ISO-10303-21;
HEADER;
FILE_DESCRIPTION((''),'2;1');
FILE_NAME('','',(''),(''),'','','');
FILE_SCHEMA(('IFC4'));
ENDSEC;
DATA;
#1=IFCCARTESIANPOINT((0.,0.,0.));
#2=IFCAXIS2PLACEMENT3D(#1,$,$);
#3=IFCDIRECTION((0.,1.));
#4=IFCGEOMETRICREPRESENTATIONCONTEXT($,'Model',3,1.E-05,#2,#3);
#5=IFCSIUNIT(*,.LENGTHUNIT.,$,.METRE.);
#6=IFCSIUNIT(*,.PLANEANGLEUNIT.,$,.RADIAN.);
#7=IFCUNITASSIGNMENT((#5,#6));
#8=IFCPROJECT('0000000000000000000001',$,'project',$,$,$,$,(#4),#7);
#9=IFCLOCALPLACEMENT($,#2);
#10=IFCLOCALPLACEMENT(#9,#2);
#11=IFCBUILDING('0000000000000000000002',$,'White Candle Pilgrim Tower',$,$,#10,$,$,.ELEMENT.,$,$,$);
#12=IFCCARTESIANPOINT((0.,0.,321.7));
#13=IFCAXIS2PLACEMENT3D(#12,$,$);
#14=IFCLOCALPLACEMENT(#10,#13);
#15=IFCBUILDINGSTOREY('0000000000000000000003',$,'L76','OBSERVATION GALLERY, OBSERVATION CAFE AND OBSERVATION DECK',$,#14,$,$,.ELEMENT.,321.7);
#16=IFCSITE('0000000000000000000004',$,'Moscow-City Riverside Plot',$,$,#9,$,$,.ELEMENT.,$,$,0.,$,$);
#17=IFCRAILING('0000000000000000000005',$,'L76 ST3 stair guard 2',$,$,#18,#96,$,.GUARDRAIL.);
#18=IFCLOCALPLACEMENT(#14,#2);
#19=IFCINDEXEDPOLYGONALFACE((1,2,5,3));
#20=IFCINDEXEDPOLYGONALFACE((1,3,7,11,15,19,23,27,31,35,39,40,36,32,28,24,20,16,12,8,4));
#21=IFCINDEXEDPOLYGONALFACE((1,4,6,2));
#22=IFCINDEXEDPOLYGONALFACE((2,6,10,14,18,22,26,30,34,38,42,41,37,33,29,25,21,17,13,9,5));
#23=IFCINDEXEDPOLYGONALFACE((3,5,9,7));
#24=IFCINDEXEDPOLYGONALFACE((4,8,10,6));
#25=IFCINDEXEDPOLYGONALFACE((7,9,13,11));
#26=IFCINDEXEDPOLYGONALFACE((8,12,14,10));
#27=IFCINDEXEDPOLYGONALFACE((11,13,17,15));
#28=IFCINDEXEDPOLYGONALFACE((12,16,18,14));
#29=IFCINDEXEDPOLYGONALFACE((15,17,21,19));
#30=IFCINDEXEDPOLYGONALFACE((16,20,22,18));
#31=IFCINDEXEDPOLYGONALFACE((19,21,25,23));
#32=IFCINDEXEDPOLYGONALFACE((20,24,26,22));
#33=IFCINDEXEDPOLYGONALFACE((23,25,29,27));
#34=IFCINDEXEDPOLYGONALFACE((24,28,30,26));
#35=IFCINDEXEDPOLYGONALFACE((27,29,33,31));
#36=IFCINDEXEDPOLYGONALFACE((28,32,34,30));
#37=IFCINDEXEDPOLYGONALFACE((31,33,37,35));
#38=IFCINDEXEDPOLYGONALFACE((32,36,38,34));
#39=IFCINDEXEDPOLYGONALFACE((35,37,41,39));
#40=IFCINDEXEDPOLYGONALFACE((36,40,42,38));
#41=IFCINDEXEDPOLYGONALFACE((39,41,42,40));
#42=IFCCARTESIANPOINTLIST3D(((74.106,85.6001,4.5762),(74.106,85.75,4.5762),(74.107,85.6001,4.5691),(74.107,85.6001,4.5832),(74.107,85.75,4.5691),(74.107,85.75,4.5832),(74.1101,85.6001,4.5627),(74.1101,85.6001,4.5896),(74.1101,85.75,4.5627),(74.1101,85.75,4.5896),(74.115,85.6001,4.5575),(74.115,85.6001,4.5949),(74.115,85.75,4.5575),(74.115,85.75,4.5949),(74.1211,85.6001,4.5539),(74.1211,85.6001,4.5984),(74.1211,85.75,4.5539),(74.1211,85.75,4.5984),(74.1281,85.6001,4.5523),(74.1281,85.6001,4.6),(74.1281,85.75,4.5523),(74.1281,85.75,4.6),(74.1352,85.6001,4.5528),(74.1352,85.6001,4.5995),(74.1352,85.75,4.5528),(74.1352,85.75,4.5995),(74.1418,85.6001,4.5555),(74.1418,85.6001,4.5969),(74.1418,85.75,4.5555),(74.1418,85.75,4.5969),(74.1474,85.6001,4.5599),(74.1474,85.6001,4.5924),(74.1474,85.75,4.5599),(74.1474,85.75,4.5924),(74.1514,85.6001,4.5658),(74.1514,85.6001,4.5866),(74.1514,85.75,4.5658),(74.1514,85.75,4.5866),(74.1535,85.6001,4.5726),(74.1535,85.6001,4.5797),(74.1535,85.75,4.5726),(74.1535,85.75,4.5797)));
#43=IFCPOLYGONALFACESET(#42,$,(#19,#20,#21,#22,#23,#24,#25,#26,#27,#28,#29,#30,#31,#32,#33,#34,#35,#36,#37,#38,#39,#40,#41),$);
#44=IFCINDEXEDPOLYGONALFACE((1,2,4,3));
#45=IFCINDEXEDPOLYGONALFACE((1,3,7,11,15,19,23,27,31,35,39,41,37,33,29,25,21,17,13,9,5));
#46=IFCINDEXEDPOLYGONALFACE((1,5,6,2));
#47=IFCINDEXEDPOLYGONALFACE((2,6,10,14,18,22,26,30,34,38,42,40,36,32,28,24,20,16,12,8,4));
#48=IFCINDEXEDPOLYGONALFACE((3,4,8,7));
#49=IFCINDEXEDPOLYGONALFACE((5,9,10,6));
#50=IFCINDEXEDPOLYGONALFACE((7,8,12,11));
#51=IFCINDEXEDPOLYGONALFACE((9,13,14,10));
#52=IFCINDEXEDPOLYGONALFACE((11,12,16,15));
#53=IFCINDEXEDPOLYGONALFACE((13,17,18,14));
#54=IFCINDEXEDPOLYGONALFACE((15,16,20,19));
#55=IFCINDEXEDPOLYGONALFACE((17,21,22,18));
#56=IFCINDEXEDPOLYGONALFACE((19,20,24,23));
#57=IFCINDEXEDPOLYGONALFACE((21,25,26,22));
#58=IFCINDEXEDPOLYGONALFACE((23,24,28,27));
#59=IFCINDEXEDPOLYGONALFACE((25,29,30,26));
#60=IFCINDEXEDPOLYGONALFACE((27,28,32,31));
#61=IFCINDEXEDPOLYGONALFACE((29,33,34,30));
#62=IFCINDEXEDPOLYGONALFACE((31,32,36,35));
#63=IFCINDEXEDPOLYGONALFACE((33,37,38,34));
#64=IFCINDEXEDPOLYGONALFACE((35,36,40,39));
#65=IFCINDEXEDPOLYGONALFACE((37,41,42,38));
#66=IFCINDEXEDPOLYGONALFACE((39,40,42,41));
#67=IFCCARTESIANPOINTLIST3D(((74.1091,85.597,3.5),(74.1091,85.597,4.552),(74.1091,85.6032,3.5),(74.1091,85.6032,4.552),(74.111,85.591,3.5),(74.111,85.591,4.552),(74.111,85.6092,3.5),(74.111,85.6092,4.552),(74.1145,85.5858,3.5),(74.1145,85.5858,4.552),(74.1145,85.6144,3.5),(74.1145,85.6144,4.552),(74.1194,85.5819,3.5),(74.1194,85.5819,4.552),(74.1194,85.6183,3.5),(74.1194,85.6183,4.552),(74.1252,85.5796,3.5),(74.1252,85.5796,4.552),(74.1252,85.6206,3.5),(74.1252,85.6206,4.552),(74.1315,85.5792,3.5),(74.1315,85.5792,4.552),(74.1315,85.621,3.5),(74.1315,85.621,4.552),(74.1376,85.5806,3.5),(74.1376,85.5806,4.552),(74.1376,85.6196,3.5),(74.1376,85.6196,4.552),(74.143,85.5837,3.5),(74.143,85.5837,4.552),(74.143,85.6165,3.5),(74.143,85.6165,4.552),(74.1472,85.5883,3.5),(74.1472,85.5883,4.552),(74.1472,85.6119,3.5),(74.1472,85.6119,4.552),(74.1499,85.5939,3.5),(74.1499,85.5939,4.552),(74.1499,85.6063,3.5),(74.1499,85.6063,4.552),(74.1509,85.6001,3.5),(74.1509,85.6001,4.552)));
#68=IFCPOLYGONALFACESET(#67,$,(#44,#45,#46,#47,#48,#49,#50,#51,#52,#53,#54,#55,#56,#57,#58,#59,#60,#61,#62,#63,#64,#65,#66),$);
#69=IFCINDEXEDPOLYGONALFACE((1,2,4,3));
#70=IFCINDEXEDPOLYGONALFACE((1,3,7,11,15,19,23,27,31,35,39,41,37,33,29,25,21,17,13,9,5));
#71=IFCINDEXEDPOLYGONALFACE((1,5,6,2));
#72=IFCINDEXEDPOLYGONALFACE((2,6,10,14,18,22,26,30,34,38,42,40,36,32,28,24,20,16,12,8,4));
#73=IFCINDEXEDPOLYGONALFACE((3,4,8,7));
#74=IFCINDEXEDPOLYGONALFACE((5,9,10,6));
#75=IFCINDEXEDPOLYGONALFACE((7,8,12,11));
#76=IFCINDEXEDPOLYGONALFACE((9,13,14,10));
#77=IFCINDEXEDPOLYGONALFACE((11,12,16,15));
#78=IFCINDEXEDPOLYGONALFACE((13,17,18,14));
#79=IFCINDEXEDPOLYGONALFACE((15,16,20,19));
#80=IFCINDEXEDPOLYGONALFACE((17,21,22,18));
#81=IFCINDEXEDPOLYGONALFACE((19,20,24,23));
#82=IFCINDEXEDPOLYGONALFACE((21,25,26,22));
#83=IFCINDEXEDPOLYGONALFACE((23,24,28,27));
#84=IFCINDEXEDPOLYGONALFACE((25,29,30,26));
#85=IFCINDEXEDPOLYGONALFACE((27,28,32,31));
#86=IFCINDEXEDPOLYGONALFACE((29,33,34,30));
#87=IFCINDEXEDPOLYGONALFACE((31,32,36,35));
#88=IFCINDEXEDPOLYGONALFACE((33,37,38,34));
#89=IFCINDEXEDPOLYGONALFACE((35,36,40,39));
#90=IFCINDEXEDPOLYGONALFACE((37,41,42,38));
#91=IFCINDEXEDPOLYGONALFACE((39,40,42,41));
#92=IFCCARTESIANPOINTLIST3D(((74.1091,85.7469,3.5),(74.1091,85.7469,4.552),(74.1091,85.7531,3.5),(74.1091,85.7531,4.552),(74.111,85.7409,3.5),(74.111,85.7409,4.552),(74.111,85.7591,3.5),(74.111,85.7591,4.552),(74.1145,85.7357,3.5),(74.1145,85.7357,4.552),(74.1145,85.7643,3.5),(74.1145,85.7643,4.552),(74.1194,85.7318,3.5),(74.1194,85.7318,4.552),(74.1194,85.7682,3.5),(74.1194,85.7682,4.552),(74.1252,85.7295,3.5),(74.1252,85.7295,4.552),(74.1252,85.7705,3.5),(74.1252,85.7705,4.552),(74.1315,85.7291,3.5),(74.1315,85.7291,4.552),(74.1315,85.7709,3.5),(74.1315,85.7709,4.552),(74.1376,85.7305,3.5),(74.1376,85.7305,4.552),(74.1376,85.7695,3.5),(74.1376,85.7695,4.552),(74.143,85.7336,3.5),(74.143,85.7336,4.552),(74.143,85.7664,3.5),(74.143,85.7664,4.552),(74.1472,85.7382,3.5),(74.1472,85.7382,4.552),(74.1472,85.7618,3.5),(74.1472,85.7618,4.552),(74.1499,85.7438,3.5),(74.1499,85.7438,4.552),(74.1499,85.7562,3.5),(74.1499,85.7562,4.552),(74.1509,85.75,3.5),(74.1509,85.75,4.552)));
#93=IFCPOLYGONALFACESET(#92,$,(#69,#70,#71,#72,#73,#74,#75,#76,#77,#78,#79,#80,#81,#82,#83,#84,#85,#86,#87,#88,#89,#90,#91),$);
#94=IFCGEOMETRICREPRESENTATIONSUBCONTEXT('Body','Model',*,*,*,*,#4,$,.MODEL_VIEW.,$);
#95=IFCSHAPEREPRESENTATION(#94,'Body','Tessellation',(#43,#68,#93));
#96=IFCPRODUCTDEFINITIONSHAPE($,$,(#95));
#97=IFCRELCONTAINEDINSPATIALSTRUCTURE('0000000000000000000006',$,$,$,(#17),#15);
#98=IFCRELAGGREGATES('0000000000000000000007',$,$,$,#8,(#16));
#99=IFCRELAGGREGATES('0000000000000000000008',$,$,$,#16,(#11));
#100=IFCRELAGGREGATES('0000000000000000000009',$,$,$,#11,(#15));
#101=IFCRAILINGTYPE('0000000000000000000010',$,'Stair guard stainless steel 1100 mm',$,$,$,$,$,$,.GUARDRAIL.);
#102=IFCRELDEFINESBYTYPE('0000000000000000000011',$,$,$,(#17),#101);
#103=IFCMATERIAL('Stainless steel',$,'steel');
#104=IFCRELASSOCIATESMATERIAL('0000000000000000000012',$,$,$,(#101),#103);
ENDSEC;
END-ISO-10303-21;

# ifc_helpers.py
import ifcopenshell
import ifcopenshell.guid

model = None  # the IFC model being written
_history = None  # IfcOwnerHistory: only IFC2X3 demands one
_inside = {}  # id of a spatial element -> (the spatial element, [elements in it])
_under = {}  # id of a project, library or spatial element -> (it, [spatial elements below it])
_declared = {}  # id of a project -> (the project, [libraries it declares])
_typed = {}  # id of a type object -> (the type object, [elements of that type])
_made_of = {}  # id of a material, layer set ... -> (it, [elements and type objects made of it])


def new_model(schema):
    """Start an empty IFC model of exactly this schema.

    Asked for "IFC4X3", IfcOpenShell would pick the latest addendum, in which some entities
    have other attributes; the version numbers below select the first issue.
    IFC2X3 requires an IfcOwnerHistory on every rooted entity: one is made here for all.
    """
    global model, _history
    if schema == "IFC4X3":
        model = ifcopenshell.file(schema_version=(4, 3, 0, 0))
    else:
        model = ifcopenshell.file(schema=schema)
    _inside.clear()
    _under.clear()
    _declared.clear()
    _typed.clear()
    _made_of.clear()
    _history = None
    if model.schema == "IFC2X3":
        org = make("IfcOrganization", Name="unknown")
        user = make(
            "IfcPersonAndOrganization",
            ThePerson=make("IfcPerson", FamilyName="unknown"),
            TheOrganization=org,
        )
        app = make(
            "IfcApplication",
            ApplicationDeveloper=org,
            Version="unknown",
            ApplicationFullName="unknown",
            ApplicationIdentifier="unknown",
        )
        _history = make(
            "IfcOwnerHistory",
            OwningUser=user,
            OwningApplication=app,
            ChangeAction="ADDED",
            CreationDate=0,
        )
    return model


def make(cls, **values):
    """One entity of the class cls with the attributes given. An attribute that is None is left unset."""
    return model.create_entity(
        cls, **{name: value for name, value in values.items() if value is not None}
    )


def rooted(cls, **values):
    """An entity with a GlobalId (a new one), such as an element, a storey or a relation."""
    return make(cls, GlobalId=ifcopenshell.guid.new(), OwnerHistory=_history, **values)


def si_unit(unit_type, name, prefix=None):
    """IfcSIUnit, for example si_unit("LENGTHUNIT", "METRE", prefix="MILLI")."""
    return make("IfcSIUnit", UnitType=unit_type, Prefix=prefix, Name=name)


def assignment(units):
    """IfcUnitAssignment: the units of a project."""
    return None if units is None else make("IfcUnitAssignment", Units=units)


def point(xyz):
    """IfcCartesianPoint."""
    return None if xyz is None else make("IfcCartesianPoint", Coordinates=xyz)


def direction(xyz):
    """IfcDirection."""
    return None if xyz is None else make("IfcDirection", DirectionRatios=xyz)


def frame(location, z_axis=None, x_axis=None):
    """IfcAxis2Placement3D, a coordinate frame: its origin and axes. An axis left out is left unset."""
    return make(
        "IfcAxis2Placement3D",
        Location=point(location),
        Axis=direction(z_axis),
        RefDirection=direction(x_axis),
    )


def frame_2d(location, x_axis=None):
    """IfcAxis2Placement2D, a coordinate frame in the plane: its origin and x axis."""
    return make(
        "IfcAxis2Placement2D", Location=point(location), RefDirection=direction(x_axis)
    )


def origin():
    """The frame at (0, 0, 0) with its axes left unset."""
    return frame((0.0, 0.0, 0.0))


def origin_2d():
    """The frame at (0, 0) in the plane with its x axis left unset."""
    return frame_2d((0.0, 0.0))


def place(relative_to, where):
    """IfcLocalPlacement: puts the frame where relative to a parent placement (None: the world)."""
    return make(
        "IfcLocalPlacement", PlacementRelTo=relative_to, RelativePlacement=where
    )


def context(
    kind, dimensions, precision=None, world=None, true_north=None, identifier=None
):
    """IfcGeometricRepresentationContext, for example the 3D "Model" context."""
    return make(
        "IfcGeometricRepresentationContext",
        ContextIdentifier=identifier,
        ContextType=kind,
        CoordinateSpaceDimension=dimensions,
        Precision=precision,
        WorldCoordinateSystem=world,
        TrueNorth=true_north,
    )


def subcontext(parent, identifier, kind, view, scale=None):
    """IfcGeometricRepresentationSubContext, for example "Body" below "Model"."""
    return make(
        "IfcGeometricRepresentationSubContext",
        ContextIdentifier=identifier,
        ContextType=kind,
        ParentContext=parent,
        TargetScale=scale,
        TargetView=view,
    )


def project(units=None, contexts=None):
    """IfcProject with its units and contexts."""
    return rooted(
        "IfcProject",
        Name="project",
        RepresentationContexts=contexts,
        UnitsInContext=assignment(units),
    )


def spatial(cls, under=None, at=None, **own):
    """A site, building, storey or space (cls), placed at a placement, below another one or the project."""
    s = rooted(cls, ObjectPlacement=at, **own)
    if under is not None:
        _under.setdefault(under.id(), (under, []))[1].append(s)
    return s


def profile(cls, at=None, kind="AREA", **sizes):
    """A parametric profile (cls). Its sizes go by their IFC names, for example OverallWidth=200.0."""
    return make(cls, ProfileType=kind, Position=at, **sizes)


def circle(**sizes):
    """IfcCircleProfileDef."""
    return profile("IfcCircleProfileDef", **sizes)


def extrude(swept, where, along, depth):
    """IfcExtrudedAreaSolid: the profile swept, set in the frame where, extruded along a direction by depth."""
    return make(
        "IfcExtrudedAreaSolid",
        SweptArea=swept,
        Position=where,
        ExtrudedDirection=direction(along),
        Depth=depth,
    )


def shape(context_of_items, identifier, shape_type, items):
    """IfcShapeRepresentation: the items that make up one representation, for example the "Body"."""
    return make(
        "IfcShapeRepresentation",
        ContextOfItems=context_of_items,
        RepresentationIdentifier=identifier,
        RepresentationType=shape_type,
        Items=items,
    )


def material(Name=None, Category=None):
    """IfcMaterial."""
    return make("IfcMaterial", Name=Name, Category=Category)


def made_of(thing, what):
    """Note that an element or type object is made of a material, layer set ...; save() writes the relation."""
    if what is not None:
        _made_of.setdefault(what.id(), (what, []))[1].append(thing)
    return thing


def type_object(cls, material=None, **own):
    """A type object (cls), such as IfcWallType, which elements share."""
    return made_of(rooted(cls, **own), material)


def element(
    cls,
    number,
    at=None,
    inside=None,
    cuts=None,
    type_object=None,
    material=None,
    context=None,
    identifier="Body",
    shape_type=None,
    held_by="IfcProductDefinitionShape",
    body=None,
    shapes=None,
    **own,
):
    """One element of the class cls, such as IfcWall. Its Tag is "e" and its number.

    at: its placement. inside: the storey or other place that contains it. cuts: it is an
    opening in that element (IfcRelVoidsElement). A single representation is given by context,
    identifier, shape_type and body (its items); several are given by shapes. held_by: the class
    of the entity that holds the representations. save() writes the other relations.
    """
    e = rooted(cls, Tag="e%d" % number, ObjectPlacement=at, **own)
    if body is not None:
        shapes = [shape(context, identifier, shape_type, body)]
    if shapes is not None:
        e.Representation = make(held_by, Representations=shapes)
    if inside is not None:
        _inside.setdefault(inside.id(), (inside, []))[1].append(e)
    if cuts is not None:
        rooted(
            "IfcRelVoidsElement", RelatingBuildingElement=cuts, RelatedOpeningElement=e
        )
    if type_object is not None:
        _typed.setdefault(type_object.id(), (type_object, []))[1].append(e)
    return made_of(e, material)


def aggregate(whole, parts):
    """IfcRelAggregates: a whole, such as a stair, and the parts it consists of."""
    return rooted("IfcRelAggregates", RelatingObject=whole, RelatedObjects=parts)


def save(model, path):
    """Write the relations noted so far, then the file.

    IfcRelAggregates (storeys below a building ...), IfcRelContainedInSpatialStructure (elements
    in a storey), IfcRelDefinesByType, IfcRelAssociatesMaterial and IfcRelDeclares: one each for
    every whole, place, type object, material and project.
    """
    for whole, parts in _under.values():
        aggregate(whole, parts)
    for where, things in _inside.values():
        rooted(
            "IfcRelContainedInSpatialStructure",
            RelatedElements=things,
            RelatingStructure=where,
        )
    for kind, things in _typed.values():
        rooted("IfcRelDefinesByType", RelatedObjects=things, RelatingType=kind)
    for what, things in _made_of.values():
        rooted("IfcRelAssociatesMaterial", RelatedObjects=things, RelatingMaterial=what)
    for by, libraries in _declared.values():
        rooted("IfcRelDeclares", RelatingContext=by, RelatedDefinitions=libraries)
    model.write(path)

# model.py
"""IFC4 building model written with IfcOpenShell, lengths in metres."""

from ifc_helpers import new_model, si_unit, direction, frame, origin, origin_2d, place, context, subcontext, project, spatial, circle, extrude, material, type_object, element, save


model = new_model("IFC4")

# Units and contexts
model_context = context("Model", 3, precision=1e-05, world=origin(), true_north=direction((0.0, 1.0)))
body_context = subcontext(model_context, "Body", "Model", "MODEL_VIEW")
ifc_project = project(units=[si_unit("LENGTHUNIT", "METRE"), si_unit("PLANEANGLEUNIT", "RADIAN")], contexts=[model_context])

# Site, building, storey
site_placement = place(None, origin())
site = spatial("IfcSite", under=ifc_project, at=site_placement, Name="Moscow-City Riverside Plot", CompositionType="ELEMENT", RefElevation=0.0)
building_placement = place(site_placement, origin())
building = spatial("IfcBuilding", under=site, at=building_placement, Name="White Candle Pilgrim Tower", CompositionType="ELEMENT")
storey_placement = place(building_placement, frame((0.0, 0.0, 321.7)))
storey = spatial("IfcBuildingStorey", under=building, at=storey_placement, Name="L76", Description="OBSERVATION GALLERY, OBSERVATION CAFE AND OBSERVATION DECK", CompositionType="ELEMENT", Elevation=321.7)

# Railing
ifc_material_1 = material(Name="Stainless steel", Category="steel")
railing_type_1 = type_object("IfcRailingType", Name="Stair guard stainless steel 1100 mm", PredefinedType="GUARDRAIL", material=ifc_material_1)
railing_1_placement = place(storey_placement, frame((74.1299, 85.6001, 3.5)))
element("IfcRailing", 1, at=railing_1_placement, inside=storey, type_object=railing_type_1, Name="L76 ST3 stair guard 2", PredefinedType="GUARDRAIL", context=body_context, shape_type="SweptSolid", body=[
    extrude(circle(Radius=0.0239, at=origin_2d()), frame((0.0, 0.0, 1.0762), z_axis=(0.0, 1.0, 0.0), x_axis=(-1.0, 0.0, 0.0)), (0.0, 0.0, 1.0), 0.1499),
    extrude(circle(Radius=0.021, at=origin_2d()), origin(), (0.0, 0.0, 1.0), 1.052),
    extrude(circle(Radius=0.021, at=origin_2d()), frame((0.0, 0.1499, 0.0)), (0.0, 0.0, 1.0), 1.052),
])

save(model, "model.ifc")
